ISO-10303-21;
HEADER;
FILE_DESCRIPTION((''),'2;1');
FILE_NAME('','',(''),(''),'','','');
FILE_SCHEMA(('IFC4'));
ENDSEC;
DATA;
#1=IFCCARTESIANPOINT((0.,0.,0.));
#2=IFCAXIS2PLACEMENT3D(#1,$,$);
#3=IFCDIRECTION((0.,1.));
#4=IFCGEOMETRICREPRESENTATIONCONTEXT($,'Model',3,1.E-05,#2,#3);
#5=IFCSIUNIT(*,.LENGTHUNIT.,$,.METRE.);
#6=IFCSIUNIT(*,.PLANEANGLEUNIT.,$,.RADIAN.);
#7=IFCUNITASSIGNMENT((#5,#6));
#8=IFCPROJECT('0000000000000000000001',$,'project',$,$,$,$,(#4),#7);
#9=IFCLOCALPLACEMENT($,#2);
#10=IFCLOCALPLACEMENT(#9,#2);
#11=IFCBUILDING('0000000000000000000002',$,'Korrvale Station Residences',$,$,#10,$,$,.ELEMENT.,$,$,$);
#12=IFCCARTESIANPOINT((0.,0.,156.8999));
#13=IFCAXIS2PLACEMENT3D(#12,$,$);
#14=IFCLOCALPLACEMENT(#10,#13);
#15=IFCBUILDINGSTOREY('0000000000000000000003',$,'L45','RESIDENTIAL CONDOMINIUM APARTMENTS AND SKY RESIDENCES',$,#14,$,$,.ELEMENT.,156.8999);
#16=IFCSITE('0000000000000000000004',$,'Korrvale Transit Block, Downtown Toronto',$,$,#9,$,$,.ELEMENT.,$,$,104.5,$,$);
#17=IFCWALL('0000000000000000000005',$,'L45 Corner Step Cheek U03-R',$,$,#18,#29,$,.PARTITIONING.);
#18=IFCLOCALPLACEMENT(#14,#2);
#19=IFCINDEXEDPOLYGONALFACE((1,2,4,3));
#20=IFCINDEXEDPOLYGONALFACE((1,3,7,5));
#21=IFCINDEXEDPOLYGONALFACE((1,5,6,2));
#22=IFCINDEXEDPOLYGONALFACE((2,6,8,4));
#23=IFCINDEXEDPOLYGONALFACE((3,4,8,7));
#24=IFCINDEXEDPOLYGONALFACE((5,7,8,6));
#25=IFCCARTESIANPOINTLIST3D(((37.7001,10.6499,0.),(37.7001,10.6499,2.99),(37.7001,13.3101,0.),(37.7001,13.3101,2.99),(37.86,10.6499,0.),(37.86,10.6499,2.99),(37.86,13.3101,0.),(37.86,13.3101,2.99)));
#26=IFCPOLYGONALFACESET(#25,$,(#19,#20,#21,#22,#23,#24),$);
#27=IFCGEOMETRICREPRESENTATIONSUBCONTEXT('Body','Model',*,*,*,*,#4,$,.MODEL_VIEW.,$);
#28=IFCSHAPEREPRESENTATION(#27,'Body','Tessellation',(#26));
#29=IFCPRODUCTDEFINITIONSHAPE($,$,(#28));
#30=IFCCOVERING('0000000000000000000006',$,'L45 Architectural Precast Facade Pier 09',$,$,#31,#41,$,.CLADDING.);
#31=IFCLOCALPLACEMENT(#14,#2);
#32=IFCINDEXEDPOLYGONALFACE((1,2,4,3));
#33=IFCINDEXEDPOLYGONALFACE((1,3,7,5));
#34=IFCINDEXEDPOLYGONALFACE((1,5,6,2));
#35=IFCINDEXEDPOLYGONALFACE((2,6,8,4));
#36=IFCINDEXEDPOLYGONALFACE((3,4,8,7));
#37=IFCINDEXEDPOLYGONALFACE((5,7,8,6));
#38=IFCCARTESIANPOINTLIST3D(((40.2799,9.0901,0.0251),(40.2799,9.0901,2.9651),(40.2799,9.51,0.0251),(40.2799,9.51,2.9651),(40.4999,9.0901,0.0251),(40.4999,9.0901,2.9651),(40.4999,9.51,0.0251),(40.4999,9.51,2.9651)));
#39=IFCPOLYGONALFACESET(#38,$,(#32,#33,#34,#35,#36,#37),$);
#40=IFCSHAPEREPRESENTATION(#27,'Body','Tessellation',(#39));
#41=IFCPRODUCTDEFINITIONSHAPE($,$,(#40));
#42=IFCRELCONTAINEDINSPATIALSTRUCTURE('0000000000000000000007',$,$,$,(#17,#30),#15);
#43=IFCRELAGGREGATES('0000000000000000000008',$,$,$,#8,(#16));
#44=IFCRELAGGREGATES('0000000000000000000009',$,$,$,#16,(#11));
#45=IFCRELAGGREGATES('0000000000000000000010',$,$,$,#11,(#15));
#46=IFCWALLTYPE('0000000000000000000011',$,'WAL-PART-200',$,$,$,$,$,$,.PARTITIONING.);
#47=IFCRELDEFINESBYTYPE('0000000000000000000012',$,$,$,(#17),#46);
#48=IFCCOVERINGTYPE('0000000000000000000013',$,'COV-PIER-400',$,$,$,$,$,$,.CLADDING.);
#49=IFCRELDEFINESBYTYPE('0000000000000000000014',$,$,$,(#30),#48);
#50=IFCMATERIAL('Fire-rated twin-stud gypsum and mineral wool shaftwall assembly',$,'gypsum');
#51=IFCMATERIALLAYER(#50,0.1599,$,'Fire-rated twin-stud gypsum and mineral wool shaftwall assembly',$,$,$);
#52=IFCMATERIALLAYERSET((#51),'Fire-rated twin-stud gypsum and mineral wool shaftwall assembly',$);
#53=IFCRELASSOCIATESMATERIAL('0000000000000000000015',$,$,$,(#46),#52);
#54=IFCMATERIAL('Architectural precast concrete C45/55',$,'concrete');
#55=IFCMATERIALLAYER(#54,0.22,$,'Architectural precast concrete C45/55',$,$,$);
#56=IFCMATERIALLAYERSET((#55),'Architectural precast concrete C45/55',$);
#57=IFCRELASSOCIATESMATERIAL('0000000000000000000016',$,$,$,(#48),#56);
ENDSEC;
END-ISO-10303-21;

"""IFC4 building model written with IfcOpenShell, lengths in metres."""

from ifc_helpers import new_model, si_unit, direction, frame, frame_2d, origin, origin_2d, place, context, subcontext, project, spatial, rectangle, extrude, material, layer, layer_set, type_object, element, save


model = new_model("IFC4")

# Units and contexts
model_context = context("Model", 3, precision=1e-05, world=origin(), true_north=direction((0.0, 1.0)))
body_context = subcontext(model_context, "Body", "Model", "MODEL_VIEW")
ifc_project = project(units=[si_unit("LENGTHUNIT", "METRE"), si_unit("PLANEANGLEUNIT", "RADIAN")], contexts=[model_context])

# Site, building, storey
site_placement = place(None, origin())
site = spatial("IfcSite", under=ifc_project, at=site_placement, Name="Korrvale Transit Block, Downtown Toronto", CompositionType="ELEMENT", RefElevation=104.5)
building_placement = place(site_placement, origin())
building = spatial("IfcBuilding", under=site, at=building_placement, Name="Korrvale Station Residences", CompositionType="ELEMENT")
storey_placement = place(building_placement, frame((0.0, 0.0, 156.8999)))
storey = spatial("IfcBuildingStorey", under=building, at=storey_placement, Name="L45", Description="RESIDENTIAL CONDOMINIUM APARTMENTS AND SKY RESIDENCES", CompositionType="ELEMENT", Elevation=156.8999)

# Wall
ifc_material_1 = material(Name="Fire-rated twin-stud gypsum and mineral wool shaftwall assembly", Category="gypsum")
ifc_layer_1 = layer(ifc_material_1, 0.1599, Name="Fire-rated twin-stud gypsum and mineral wool shaftwall assembly")
ifc_layer_set_1 = layer_set([ifc_layer_1], Name="Fire-rated twin-stud gypsum and mineral wool shaftwall assembly")
wall_type_1 = type_object("IfcWallType", Name="WAL-PART-200", PredefinedType="PARTITIONING", material=ifc_layer_set_1)
wall_1_placement = place(storey_placement, frame((37.78, 10.6499, 0.0), z_axis=(0.0, 0.0, 1.0), x_axis=(0.0, 1.0, 0.0)))
element("IfcWall", 1, at=wall_1_placement, inside=storey, type_object=wall_type_1, Name="L45 Corner Step Cheek U03-R", PredefinedType="PARTITIONING", context=body_context, shape_type="SweptSolid", body=[
    extrude(rectangle(XDim=2.6602, YDim=0.1599, at=frame_2d((1.3301, 0.0))), origin(), (0.0, 0.0, 1.0), 2.99),
])

# Covering
ifc_material_2 = material(Name="Architectural precast concrete C45/55", Category="concrete")
ifc_layer_2 = layer(ifc_material_2, 0.22, Name="Architectural precast concrete C45/55")
ifc_layer_set_2 = layer_set([ifc_layer_2], Name="Architectural precast concrete C45/55")
covering_type = type_object("IfcCoveringType", Name="COV-PIER-400", PredefinedType="CLADDING", material=ifc_layer_set_2)
covering_placement = place(storey_placement, frame((40.3899, 9.3, 0.0251), z_axis=(0.0, 0.0, 1.0), x_axis=(0.0, 1.0, 0.0)))
element("IfcCovering", 2, at=covering_placement, inside=storey, type_object=covering_type, Name="L45 Architectural Precast Facade Pier 09", PredefinedType="CLADDING", context=body_context, shape_type="SweptSolid", body=[
    extrude(rectangle(XDim=0.4199, YDim=0.22, at=origin_2d()), origin(), (0.0, 0.0, 1.0), 2.9399),
])

save(model, "model.ifc")
